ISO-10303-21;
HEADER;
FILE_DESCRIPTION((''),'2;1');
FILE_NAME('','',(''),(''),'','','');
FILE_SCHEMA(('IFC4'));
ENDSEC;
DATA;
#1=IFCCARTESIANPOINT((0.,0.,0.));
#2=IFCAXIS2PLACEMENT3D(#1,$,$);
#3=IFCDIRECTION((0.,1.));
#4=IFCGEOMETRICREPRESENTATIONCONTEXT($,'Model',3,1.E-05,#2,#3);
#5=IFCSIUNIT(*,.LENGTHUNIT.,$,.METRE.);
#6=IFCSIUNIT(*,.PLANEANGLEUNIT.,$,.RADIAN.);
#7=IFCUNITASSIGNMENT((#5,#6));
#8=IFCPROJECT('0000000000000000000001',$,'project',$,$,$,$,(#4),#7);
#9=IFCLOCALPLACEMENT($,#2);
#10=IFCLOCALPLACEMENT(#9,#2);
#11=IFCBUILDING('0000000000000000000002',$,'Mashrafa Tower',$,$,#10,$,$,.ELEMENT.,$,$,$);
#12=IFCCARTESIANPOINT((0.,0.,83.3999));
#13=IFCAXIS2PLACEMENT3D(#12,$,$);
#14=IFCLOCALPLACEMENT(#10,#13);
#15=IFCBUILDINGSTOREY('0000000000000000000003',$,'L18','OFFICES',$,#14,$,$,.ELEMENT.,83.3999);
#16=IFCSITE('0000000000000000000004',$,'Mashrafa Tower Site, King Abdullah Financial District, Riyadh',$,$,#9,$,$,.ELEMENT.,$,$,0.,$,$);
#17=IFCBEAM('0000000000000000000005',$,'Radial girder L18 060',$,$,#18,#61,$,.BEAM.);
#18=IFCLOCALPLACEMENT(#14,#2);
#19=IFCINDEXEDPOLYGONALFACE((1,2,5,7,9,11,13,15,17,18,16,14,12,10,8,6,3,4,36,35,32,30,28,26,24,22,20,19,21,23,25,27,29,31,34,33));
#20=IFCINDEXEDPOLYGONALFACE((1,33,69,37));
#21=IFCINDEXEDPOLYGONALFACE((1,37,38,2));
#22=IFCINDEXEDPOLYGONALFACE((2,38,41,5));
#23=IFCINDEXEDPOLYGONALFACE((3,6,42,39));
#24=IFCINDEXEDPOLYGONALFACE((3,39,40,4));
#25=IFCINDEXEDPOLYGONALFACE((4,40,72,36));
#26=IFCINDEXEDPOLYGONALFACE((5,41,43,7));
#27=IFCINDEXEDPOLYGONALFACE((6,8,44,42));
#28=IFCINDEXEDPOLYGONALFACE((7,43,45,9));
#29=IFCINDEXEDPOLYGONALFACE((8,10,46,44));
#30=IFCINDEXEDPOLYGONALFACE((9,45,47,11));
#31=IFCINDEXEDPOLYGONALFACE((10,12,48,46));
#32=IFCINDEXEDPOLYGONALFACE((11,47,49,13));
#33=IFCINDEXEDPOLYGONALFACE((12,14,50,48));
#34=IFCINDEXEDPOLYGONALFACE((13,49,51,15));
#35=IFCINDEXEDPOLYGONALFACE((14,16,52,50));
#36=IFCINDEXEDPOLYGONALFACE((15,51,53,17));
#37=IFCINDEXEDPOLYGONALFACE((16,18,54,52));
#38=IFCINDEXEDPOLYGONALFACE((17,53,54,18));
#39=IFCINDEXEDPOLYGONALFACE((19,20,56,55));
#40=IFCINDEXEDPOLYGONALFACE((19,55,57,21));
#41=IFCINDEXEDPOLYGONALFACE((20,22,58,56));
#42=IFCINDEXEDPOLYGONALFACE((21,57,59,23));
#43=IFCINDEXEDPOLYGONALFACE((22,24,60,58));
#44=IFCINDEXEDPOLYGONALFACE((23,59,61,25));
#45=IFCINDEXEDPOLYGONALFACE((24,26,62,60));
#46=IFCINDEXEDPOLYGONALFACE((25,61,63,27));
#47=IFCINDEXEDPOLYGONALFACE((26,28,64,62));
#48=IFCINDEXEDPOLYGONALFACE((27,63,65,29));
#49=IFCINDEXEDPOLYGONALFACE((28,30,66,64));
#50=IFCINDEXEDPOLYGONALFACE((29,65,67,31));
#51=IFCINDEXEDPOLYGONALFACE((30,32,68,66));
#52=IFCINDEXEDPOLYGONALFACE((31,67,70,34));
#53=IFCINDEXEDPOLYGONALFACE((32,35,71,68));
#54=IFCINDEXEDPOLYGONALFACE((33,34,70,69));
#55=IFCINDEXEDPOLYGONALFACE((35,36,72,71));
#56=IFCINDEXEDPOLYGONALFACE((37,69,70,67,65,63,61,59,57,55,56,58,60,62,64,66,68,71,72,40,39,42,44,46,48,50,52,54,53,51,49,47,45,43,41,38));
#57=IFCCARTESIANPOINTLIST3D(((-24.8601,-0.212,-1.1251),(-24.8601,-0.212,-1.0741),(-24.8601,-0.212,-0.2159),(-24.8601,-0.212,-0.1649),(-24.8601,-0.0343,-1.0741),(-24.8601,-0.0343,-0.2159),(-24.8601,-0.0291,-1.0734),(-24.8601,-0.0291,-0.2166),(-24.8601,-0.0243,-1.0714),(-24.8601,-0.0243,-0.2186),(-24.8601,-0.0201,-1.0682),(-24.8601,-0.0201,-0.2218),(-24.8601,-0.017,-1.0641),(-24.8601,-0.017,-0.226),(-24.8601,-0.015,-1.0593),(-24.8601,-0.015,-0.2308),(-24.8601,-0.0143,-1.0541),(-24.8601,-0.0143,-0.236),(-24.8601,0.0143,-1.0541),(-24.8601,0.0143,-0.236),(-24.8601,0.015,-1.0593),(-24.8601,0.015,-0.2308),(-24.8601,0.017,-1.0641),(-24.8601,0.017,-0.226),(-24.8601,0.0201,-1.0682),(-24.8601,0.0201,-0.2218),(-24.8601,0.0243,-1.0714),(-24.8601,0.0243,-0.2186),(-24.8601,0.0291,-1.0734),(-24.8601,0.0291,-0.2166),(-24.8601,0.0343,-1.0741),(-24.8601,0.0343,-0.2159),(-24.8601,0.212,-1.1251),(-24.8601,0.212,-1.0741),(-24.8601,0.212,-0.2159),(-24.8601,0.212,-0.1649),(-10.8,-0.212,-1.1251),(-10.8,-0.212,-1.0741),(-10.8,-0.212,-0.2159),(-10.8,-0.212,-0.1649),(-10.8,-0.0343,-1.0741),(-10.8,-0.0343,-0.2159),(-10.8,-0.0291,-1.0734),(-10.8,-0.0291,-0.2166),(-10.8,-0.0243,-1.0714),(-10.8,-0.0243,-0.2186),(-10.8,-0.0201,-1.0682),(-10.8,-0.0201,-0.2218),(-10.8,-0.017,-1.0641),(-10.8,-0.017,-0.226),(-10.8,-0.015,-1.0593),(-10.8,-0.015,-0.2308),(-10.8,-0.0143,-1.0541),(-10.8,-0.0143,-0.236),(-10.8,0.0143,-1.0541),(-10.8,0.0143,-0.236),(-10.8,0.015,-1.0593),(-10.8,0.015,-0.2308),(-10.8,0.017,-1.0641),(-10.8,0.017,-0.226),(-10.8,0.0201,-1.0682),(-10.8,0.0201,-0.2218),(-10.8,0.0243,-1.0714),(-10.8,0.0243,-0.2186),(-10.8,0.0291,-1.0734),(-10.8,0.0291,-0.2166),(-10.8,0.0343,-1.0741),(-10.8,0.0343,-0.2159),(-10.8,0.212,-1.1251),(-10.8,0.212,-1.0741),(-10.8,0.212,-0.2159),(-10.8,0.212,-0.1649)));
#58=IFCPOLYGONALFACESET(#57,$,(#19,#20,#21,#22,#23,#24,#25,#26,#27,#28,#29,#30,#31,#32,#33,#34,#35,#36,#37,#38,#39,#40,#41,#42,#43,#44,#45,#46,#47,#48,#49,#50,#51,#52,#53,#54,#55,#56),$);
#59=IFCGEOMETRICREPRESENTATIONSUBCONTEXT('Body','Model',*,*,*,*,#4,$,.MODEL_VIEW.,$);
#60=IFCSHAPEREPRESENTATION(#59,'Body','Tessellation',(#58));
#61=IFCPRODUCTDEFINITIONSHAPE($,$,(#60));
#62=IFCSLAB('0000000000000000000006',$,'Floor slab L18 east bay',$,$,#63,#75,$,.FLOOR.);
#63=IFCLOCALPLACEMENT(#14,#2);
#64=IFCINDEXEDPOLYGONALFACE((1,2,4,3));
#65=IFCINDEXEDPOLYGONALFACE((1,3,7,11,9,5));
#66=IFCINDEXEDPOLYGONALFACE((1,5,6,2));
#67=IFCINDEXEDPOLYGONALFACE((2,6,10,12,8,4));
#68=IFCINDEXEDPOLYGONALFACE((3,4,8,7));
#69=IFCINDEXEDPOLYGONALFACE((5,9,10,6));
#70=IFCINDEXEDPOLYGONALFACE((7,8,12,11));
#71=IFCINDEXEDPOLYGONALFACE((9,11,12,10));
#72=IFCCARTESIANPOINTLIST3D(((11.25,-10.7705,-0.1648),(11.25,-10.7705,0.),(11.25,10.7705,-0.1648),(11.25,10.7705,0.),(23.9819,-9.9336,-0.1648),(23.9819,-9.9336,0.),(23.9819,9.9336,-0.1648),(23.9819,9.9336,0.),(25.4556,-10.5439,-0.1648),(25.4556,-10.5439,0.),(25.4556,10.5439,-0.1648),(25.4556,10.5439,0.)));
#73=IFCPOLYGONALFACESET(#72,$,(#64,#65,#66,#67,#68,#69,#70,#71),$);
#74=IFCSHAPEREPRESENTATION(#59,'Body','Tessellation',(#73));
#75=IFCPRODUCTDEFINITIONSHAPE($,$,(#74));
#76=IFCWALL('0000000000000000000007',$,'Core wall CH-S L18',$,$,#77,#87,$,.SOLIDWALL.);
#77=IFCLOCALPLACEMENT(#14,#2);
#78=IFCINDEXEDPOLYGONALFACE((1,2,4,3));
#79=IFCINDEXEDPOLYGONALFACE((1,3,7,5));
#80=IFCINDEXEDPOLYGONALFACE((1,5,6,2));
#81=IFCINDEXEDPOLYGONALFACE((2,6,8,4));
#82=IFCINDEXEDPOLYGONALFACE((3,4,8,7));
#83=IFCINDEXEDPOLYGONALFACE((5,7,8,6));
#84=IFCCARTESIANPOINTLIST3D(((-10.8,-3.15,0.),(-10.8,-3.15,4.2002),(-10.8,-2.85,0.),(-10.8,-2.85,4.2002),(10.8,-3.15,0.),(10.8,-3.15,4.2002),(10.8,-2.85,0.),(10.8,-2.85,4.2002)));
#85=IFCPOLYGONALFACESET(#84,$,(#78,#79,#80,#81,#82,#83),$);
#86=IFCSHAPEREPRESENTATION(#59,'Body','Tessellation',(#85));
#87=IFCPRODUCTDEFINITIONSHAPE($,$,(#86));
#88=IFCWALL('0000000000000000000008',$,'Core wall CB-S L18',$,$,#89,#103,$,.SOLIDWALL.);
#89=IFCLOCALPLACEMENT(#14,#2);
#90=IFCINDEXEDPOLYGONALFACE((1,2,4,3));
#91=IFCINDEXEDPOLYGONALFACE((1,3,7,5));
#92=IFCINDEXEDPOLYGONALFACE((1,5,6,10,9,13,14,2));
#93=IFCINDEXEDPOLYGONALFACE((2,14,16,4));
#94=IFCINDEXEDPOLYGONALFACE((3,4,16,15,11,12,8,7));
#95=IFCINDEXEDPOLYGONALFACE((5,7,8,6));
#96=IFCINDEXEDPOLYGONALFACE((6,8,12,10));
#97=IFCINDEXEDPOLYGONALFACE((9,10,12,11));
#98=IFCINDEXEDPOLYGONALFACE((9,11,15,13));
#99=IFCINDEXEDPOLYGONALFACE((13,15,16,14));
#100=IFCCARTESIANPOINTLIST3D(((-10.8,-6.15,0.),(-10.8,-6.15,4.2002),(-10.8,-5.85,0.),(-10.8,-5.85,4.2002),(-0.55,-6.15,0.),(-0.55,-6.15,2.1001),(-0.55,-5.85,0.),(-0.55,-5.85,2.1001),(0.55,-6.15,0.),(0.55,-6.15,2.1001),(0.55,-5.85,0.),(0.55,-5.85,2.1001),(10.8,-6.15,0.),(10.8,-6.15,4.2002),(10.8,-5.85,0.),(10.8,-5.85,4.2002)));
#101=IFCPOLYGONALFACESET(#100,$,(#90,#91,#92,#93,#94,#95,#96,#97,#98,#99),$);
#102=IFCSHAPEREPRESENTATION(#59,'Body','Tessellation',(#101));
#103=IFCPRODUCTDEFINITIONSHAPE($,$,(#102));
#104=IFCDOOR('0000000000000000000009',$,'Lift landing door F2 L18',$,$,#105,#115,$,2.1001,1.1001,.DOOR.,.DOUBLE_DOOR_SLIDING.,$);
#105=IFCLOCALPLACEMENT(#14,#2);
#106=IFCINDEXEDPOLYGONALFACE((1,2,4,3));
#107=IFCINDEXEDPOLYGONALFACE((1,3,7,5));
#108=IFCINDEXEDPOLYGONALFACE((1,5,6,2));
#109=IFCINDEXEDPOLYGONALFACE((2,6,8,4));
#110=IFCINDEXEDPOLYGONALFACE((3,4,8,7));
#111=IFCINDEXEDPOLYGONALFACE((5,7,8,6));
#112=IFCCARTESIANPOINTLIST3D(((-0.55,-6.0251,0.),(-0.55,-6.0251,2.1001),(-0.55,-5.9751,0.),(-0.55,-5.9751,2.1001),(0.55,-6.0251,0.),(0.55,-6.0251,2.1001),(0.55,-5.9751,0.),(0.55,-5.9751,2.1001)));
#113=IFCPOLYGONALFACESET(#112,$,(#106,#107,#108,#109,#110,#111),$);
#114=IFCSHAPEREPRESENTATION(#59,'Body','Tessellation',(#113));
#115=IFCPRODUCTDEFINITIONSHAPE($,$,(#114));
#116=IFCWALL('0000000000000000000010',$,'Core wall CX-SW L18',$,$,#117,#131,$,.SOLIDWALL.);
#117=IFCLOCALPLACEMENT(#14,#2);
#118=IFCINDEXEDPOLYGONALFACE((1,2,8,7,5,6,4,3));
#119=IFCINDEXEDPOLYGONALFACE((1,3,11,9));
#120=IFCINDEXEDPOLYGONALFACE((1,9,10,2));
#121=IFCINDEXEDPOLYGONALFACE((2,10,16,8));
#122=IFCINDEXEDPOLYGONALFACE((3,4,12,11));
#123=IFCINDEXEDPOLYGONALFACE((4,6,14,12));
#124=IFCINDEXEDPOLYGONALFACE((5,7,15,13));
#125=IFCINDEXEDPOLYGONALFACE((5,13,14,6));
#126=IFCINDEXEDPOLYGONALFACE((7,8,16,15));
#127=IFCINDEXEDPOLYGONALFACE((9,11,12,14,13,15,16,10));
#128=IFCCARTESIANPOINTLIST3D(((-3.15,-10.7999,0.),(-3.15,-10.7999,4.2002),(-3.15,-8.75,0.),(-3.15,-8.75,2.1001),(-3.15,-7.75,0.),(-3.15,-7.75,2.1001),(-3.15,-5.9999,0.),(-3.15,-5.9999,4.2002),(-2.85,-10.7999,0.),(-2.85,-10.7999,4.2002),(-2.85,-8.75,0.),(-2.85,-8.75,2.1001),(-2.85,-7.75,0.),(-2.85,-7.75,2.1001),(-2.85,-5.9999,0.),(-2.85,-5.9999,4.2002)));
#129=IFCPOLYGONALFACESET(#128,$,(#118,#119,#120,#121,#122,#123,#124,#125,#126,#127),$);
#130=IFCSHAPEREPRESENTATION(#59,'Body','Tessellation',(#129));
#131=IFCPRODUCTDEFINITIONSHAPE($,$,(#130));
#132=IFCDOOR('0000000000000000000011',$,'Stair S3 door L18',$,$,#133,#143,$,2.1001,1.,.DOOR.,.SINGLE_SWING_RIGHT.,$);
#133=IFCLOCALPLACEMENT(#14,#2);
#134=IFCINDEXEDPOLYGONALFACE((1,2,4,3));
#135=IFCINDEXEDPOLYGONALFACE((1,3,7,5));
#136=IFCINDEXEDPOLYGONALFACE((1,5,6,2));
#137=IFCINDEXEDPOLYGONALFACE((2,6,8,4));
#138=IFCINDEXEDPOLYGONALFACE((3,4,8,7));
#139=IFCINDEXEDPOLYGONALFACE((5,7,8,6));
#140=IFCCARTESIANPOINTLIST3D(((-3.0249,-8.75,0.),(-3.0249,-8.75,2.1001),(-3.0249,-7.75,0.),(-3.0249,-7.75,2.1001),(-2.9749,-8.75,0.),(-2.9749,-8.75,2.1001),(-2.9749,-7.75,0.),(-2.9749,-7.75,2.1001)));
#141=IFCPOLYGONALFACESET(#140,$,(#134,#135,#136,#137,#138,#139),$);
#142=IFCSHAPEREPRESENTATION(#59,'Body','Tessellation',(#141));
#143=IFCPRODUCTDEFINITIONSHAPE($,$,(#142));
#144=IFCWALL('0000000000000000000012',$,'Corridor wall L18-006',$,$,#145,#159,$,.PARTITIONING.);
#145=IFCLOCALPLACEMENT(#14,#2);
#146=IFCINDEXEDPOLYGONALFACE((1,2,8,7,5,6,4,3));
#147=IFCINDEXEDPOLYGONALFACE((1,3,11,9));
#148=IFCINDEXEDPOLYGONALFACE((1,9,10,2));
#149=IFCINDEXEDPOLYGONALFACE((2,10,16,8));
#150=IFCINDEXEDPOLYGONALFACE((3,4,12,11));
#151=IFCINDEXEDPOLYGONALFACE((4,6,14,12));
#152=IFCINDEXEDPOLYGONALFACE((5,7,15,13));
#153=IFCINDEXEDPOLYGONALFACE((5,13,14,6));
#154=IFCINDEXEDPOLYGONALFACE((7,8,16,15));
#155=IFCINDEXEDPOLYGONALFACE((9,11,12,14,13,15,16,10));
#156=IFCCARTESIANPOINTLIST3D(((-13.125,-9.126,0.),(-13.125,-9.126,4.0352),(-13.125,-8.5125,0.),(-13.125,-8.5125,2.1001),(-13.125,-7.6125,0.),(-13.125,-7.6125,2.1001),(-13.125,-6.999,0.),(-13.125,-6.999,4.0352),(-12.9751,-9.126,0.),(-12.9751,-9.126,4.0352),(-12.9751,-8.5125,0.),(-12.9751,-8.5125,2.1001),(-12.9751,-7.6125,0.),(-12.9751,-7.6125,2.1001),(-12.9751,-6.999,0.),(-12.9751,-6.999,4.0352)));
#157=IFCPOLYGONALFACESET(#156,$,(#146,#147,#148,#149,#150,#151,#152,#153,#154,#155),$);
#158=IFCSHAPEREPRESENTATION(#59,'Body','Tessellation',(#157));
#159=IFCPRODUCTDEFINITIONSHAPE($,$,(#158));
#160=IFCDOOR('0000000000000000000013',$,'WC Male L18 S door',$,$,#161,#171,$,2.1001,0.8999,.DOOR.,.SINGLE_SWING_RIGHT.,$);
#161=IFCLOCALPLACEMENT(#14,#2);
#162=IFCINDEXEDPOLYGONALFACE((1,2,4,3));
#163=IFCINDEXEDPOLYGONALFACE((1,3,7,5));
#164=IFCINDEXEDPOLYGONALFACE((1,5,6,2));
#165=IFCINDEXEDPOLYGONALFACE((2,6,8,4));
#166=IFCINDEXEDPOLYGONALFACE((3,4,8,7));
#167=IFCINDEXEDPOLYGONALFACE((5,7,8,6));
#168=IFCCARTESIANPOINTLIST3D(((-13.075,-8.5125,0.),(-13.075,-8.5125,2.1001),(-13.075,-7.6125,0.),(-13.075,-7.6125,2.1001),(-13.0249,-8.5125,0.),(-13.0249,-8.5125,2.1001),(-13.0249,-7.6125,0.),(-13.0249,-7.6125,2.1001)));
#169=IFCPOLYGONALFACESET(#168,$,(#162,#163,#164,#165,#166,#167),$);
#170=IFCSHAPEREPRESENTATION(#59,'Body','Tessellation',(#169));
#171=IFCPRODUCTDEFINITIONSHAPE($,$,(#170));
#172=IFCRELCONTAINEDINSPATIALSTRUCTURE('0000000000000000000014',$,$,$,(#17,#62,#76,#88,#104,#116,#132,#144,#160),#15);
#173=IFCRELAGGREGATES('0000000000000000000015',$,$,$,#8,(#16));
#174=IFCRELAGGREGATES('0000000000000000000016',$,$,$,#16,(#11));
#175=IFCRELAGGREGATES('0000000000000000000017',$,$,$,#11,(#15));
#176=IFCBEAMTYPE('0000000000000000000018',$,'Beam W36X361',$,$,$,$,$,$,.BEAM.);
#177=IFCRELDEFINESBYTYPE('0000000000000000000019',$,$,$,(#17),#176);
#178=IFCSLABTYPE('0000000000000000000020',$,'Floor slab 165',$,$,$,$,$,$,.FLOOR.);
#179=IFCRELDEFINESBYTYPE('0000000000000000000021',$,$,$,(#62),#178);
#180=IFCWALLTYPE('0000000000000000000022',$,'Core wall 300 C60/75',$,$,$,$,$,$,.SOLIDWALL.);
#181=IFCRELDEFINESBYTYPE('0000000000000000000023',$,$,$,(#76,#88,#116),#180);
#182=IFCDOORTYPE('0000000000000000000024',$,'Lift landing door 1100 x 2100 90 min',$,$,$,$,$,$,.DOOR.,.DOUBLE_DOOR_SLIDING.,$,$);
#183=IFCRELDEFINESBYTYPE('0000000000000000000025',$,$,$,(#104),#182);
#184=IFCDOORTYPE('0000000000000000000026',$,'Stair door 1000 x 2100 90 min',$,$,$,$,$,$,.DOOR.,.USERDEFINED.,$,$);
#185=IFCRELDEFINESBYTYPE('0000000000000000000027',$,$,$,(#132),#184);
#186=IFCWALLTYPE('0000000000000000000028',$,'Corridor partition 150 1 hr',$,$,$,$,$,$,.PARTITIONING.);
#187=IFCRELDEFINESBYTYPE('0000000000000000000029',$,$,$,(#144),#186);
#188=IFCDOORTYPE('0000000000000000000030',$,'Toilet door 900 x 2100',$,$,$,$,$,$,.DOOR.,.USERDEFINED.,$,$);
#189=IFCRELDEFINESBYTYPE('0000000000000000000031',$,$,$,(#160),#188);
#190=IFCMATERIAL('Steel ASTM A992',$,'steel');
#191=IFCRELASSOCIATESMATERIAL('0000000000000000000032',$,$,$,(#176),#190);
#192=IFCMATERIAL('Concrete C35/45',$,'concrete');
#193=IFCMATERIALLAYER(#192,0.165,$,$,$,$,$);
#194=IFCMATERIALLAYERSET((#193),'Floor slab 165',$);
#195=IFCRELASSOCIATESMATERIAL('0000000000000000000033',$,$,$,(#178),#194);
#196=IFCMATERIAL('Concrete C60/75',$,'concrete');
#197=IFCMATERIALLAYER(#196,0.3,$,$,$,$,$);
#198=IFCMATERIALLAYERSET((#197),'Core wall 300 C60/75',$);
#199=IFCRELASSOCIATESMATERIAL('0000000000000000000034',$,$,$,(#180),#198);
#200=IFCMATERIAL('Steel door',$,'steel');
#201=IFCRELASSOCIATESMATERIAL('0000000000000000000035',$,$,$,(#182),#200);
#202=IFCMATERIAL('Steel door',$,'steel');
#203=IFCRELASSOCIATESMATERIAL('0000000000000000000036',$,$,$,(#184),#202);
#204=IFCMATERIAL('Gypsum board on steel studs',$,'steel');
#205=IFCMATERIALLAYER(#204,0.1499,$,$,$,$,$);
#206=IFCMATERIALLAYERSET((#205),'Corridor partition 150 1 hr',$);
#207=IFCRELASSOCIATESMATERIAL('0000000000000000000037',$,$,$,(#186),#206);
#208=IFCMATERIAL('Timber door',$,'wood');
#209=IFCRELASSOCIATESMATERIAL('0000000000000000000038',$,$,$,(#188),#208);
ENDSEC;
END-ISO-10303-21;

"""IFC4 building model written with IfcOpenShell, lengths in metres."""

from ifc_helpers import new_model, si_unit, direction, frame, frame_2d, origin, origin_2d, place, context, subcontext, project, spatial, polyline, rectangle, i_section, outline, extrude, material, layer, layer_set, material_profile, profile_set, type_object, element, fill, save


model = new_model("IFC4")

# Units and contexts
model_context = context("Model", 3, precision=1e-05, world=origin(), true_north=direction((0.0, 1.0)))
body_context = subcontext(model_context, "Body", "Model", "MODEL_VIEW")
ifc_project = project(units=[si_unit("LENGTHUNIT", "METRE"), si_unit("PLANEANGLEUNIT", "RADIAN")], contexts=[model_context])

# Site, building, storey
site_placement = place(None, origin())
site = spatial("IfcSite", under=ifc_project, at=site_placement, Name="Mashrafa Tower Site, King Abdullah Financial District, Riyadh", CompositionType="ELEMENT", RefElevation=0.0)
building_placement = place(site_placement, origin())
building = spatial("IfcBuilding", under=site, at=building_placement, Name="Mashrafa Tower", CompositionType="ELEMENT")
storey_placement = place(building_placement, frame((0.0, 0.0, 83.3999)))
storey = spatial("IfcBuildingStorey", under=building, at=storey_placement, Name="L18", Description="OFFICES", CompositionType="ELEMENT", Elevation=83.3999)

# Beam
ifc_material_1 = material(Name="Steel ASTM A992", Category="steel")
ifc_material_profile = material_profile(ifc_material_1, i_section(OverallWidth=0.4241, OverallDepth=0.9602, WebThickness=0.0286, FlangeThickness=0.051, FilletRadius=0.02, at=origin_2d()), Name="W36X361")
ifc_profile_set = profile_set([ifc_material_profile], Name="Steel ASTM A992")
beam_type = type_object("IfcBeamType", Name="Beam W36X361", PredefinedType="BEAM", material=ifc_profile_set)
beam_placement = place(storey_placement, frame((-10.8, 0.0, -0.645), z_axis=(-1.0, 0.0, 0.0), x_axis=(0.0, -1.0, 0.0)))
element("IfcBeam", 1, at=beam_placement, inside=storey, type_object=beam_type, Name="Radial girder L18 060", PredefinedType="BEAM", context=body_context, shape_type="SweptSolid", body=[
    extrude(i_section(OverallWidth=0.4241, OverallDepth=0.9602, WebThickness=0.0286, FlangeThickness=0.051, FilletRadius=0.02, at=origin_2d()), origin(), (0.0, 0.0, 1.0), 14.0601),
])

# Slab
ifc_material_2 = material(Name="Concrete C35/45", Category="concrete")
ifc_layer_1 = layer(ifc_material_2, 0.165)
ifc_layer_set_1 = layer_set([ifc_layer_1], Name="Floor slab 165")
slab_type = type_object("IfcSlabType", Name="Floor slab 165", PredefinedType="FLOOR", material=ifc_layer_set_1)
slab_placement = place(storey_placement, frame((0.0, 0.0, -0.1648)))
element("IfcSlab", 2, at=slab_placement, inside=storey, type_object=slab_type, Name="Floor slab L18 east bay", PredefinedType="FLOOR", context=body_context, shape_type="SweptSolid", body=[
    extrude(outline(polyline([(25.4556, -10.5439), (23.9819, -9.9336), (11.25, -10.7705), (11.25, 10.7705), (23.9819, 9.9336), (25.4556, 10.5439), (25.4556, -10.5439)])), origin(), (0.0, 0.0, 1.0), 0.1648),
])

# Wall
ifc_material_3 = material(Name="Concrete C60/75", Category="concrete")
ifc_layer_2 = layer(ifc_material_3, 0.3)
ifc_layer_set_2 = layer_set([ifc_layer_2], Name="Core wall 300 C60/75")
wall_type_1 = type_object("IfcWallType", Name="Core wall 300 C60/75", PredefinedType="SOLIDWALL", material=ifc_layer_set_2)
wall_1_placement = place(storey_placement, frame((-10.8, -3.0, 0.0), z_axis=(0.0, 0.0, 1.0), x_axis=(1.0, 0.0, 0.0)))
element("IfcWall", 3, at=wall_1_placement, inside=storey, type_object=wall_type_1, Name="Core wall CH-S L18", PredefinedType="SOLIDWALL", context=body_context, shape_type="SweptSolid", body=[
    extrude(rectangle(XDim=21.6001, YDim=0.3, at=frame_2d((10.8, 0.0))), origin(), (0.0, 0.0, 1.0), 4.2002),
])

# Walls, openings, doors
wall_2_placement = place(storey_placement, frame((-10.8, -6.0, 0.0), z_axis=(0.0, 0.0, 1.0), x_axis=(1.0, 0.0, 0.0)))
wall_2 = element("IfcWall", 4, at=wall_2_placement, inside=storey, type_object=wall_type_1, Name="Core wall CB-S L18", PredefinedType="SOLIDWALL", context=body_context, shape_type="SweptSolid", body=[
    extrude(rectangle(XDim=21.6001, YDim=0.3, at=frame_2d((10.8, 0.0))), origin(), (0.0, 0.0, 1.0), 4.2002),
])
opening_1_placement = place(wall_2_placement, frame((10.25, 0.0, 0.0)))
opening_1 = element("IfcOpeningElement", 5, at=opening_1_placement, cuts=wall_2, PredefinedType="OPENING", context=body_context, shape_type="SweptSolid", body=[
    extrude(rectangle(XDim=1.1001, YDim=2.1001, at=frame_2d((0.55, 1.05))), frame((0.0, 0.1599, 0.0), z_axis=(0.0, -1.0, 0.0), x_axis=(1.0, 0.0, 0.0)), (0.0, 0.0, 1.0), 0.3201),
])
ifc_material_4 = material(Name="Steel door", Category="steel")
door_type_1 = type_object("IfcDoorType", Name="Lift landing door 1100 x 2100 90 min", OperationType="DOUBLE_DOOR_SLIDING", PredefinedType="DOOR", material=ifc_material_4)
door_1_placement = place(opening_1_placement, origin())
door_1 = element("IfcDoor", 6, at=door_1_placement, inside=storey, type_object=door_type_1, Name="Lift landing door F2 L18", OperationType="DOUBLE_DOOR_SLIDING", OverallHeight=2.1001, OverallWidth=1.1001, PredefinedType="DOOR", context=body_context, shape_type="SweptSolid", body=[
    extrude(rectangle(XDim=1.1001, YDim=2.1001, at=frame_2d((0.55, 1.05))), frame((0.0, 0.0249, 0.0), z_axis=(0.0, -1.0, 0.0), x_axis=(1.0, 0.0, 0.0)), (0.0, 0.0, 1.0), 0.05),
])
fill(opening_1, door_1)
wall_3_placement = place(storey_placement, frame((-3.0, -6.0, 0.0), z_axis=(0.0, 0.0, 1.0), x_axis=(0.0, -1.0, 0.0)))
wall_3 = element("IfcWall", 7, at=wall_3_placement, inside=storey, type_object=wall_type_1, Name="Core wall CX-SW L18", PredefinedType="SOLIDWALL", context=body_context, shape_type="SweptSolid", body=[
    extrude(rectangle(XDim=4.8, YDim=0.3, at=frame_2d((2.3999, 0.0))), origin(), (0.0, 0.0, 1.0), 4.2002),
])
opening_2_placement = place(wall_3_placement, frame((1.75, 0.0, 0.0)))
opening_2 = element("IfcOpeningElement", 8, at=opening_2_placement, cuts=wall_3, PredefinedType="OPENING", context=body_context, shape_type="SweptSolid", body=[
    extrude(rectangle(XDim=1.0, YDim=2.1001, at=frame_2d((0.5, 1.05))), frame((0.0, 0.1599, 0.0), z_axis=(0.0, -1.0, 0.0), x_axis=(1.0, 0.0, 0.0)), (0.0, 0.0, 1.0), 0.3201),
])
ifc_material_5 = material(Name="Steel door", Category="steel")
door_type_2 = type_object("IfcDoorType", Name="Stair door 1000 x 2100 90 min", OperationType="USERDEFINED", PredefinedType="DOOR", material=ifc_material_5)
door_2_placement = place(opening_2_placement, frame((1.0, 0.0, 0.0), z_axis=(0.0, 0.0, 1.0), x_axis=(-1.0, 0.0, 0.0)))
door_2 = element("IfcDoor", 9, at=door_2_placement, inside=storey, type_object=door_type_2, Name="Stair S3 door L18", OperationType="SINGLE_SWING_RIGHT", OverallHeight=2.1001, OverallWidth=1.0, PredefinedType="DOOR", context=body_context, shape_type="SweptSolid", body=[
    extrude(rectangle(XDim=1.0, YDim=2.1001, at=frame_2d((0.5, 1.05))), frame((0.0, 0.0249, 0.0), z_axis=(0.0, -1.0, 0.0), x_axis=(1.0, 0.0, 0.0)), (0.0, 0.0, 1.0), 0.05),
])
fill(opening_2, door_2)
ifc_material_6 = material(Name="Gypsum board on steel studs", Category="steel")
ifc_layer_3 = layer(ifc_material_6, 0.1499)
ifc_layer_set_3 = layer_set([ifc_layer_3], Name="Corridor partition 150 1 hr")
wall_type_2 = type_object("IfcWallType", Name="Corridor partition 150 1 hr", PredefinedType="PARTITIONING", material=ifc_layer_set_3)
wall_4_placement = place(storey_placement, frame((-13.05, -6.999, 0.0), z_axis=(0.0, 0.0, 1.0), x_axis=(0.0, -1.0, 0.0)))
wall_4 = element("IfcWall", 10, at=wall_4_placement, inside=storey, type_object=wall_type_2, Name="Corridor wall L18-006", PredefinedType="PARTITIONING", context=body_context, shape_type="SweptSolid", body=[
    extrude(rectangle(XDim=2.127, YDim=0.1499, at=frame_2d((1.0635, 0.0))), origin(), (0.0, 0.0, 1.0), 4.0352),
])
opening_3_placement = place(wall_4_placement, frame((0.6135, 0.0, 0.0)))
opening_3 = element("IfcOpeningElement", 11, at=opening_3_placement, cuts=wall_4, PredefinedType="OPENING", context=body_context, shape_type="SweptSolid", body=[
    extrude(rectangle(XDim=0.8999, YDim=2.1001, at=frame_2d((0.45, 1.05))), frame((0.0, 0.085, 0.0), z_axis=(0.0, -1.0, 0.0), x_axis=(1.0, 0.0, 0.0)), (0.0, 0.0, 1.0), 0.1699),
])
ifc_material_7 = material(Name="Timber door", Category="wood")
door_type_3 = type_object("IfcDoorType", Name="Toilet door 900 x 2100", OperationType="USERDEFINED", PredefinedType="DOOR", material=ifc_material_7)
door_3_placement = place(opening_3_placement, frame((0.8999, 0.0, 0.0), z_axis=(0.0, 0.0, 1.0), x_axis=(-1.0, 0.0, 0.0)))
door_3 = element("IfcDoor", 12, at=door_3_placement, inside=storey, type_object=door_type_3, Name="WC Male L18 S door", OperationType="SINGLE_SWING_RIGHT", OverallHeight=2.1001, OverallWidth=0.8999, PredefinedType="DOOR", context=body_context, shape_type="SweptSolid", body=[
    extrude(rectangle(XDim=0.8999, YDim=2.1001, at=frame_2d((0.45, 1.05))), frame((0.0, 0.0249, 0.0), z_axis=(0.0, -1.0, 0.0), x_axis=(1.0, 0.0, 0.0)), (0.0, 0.0, 1.0), 0.05),
])
fill(opening_3, door_3)

save(model, "model.ifc")
